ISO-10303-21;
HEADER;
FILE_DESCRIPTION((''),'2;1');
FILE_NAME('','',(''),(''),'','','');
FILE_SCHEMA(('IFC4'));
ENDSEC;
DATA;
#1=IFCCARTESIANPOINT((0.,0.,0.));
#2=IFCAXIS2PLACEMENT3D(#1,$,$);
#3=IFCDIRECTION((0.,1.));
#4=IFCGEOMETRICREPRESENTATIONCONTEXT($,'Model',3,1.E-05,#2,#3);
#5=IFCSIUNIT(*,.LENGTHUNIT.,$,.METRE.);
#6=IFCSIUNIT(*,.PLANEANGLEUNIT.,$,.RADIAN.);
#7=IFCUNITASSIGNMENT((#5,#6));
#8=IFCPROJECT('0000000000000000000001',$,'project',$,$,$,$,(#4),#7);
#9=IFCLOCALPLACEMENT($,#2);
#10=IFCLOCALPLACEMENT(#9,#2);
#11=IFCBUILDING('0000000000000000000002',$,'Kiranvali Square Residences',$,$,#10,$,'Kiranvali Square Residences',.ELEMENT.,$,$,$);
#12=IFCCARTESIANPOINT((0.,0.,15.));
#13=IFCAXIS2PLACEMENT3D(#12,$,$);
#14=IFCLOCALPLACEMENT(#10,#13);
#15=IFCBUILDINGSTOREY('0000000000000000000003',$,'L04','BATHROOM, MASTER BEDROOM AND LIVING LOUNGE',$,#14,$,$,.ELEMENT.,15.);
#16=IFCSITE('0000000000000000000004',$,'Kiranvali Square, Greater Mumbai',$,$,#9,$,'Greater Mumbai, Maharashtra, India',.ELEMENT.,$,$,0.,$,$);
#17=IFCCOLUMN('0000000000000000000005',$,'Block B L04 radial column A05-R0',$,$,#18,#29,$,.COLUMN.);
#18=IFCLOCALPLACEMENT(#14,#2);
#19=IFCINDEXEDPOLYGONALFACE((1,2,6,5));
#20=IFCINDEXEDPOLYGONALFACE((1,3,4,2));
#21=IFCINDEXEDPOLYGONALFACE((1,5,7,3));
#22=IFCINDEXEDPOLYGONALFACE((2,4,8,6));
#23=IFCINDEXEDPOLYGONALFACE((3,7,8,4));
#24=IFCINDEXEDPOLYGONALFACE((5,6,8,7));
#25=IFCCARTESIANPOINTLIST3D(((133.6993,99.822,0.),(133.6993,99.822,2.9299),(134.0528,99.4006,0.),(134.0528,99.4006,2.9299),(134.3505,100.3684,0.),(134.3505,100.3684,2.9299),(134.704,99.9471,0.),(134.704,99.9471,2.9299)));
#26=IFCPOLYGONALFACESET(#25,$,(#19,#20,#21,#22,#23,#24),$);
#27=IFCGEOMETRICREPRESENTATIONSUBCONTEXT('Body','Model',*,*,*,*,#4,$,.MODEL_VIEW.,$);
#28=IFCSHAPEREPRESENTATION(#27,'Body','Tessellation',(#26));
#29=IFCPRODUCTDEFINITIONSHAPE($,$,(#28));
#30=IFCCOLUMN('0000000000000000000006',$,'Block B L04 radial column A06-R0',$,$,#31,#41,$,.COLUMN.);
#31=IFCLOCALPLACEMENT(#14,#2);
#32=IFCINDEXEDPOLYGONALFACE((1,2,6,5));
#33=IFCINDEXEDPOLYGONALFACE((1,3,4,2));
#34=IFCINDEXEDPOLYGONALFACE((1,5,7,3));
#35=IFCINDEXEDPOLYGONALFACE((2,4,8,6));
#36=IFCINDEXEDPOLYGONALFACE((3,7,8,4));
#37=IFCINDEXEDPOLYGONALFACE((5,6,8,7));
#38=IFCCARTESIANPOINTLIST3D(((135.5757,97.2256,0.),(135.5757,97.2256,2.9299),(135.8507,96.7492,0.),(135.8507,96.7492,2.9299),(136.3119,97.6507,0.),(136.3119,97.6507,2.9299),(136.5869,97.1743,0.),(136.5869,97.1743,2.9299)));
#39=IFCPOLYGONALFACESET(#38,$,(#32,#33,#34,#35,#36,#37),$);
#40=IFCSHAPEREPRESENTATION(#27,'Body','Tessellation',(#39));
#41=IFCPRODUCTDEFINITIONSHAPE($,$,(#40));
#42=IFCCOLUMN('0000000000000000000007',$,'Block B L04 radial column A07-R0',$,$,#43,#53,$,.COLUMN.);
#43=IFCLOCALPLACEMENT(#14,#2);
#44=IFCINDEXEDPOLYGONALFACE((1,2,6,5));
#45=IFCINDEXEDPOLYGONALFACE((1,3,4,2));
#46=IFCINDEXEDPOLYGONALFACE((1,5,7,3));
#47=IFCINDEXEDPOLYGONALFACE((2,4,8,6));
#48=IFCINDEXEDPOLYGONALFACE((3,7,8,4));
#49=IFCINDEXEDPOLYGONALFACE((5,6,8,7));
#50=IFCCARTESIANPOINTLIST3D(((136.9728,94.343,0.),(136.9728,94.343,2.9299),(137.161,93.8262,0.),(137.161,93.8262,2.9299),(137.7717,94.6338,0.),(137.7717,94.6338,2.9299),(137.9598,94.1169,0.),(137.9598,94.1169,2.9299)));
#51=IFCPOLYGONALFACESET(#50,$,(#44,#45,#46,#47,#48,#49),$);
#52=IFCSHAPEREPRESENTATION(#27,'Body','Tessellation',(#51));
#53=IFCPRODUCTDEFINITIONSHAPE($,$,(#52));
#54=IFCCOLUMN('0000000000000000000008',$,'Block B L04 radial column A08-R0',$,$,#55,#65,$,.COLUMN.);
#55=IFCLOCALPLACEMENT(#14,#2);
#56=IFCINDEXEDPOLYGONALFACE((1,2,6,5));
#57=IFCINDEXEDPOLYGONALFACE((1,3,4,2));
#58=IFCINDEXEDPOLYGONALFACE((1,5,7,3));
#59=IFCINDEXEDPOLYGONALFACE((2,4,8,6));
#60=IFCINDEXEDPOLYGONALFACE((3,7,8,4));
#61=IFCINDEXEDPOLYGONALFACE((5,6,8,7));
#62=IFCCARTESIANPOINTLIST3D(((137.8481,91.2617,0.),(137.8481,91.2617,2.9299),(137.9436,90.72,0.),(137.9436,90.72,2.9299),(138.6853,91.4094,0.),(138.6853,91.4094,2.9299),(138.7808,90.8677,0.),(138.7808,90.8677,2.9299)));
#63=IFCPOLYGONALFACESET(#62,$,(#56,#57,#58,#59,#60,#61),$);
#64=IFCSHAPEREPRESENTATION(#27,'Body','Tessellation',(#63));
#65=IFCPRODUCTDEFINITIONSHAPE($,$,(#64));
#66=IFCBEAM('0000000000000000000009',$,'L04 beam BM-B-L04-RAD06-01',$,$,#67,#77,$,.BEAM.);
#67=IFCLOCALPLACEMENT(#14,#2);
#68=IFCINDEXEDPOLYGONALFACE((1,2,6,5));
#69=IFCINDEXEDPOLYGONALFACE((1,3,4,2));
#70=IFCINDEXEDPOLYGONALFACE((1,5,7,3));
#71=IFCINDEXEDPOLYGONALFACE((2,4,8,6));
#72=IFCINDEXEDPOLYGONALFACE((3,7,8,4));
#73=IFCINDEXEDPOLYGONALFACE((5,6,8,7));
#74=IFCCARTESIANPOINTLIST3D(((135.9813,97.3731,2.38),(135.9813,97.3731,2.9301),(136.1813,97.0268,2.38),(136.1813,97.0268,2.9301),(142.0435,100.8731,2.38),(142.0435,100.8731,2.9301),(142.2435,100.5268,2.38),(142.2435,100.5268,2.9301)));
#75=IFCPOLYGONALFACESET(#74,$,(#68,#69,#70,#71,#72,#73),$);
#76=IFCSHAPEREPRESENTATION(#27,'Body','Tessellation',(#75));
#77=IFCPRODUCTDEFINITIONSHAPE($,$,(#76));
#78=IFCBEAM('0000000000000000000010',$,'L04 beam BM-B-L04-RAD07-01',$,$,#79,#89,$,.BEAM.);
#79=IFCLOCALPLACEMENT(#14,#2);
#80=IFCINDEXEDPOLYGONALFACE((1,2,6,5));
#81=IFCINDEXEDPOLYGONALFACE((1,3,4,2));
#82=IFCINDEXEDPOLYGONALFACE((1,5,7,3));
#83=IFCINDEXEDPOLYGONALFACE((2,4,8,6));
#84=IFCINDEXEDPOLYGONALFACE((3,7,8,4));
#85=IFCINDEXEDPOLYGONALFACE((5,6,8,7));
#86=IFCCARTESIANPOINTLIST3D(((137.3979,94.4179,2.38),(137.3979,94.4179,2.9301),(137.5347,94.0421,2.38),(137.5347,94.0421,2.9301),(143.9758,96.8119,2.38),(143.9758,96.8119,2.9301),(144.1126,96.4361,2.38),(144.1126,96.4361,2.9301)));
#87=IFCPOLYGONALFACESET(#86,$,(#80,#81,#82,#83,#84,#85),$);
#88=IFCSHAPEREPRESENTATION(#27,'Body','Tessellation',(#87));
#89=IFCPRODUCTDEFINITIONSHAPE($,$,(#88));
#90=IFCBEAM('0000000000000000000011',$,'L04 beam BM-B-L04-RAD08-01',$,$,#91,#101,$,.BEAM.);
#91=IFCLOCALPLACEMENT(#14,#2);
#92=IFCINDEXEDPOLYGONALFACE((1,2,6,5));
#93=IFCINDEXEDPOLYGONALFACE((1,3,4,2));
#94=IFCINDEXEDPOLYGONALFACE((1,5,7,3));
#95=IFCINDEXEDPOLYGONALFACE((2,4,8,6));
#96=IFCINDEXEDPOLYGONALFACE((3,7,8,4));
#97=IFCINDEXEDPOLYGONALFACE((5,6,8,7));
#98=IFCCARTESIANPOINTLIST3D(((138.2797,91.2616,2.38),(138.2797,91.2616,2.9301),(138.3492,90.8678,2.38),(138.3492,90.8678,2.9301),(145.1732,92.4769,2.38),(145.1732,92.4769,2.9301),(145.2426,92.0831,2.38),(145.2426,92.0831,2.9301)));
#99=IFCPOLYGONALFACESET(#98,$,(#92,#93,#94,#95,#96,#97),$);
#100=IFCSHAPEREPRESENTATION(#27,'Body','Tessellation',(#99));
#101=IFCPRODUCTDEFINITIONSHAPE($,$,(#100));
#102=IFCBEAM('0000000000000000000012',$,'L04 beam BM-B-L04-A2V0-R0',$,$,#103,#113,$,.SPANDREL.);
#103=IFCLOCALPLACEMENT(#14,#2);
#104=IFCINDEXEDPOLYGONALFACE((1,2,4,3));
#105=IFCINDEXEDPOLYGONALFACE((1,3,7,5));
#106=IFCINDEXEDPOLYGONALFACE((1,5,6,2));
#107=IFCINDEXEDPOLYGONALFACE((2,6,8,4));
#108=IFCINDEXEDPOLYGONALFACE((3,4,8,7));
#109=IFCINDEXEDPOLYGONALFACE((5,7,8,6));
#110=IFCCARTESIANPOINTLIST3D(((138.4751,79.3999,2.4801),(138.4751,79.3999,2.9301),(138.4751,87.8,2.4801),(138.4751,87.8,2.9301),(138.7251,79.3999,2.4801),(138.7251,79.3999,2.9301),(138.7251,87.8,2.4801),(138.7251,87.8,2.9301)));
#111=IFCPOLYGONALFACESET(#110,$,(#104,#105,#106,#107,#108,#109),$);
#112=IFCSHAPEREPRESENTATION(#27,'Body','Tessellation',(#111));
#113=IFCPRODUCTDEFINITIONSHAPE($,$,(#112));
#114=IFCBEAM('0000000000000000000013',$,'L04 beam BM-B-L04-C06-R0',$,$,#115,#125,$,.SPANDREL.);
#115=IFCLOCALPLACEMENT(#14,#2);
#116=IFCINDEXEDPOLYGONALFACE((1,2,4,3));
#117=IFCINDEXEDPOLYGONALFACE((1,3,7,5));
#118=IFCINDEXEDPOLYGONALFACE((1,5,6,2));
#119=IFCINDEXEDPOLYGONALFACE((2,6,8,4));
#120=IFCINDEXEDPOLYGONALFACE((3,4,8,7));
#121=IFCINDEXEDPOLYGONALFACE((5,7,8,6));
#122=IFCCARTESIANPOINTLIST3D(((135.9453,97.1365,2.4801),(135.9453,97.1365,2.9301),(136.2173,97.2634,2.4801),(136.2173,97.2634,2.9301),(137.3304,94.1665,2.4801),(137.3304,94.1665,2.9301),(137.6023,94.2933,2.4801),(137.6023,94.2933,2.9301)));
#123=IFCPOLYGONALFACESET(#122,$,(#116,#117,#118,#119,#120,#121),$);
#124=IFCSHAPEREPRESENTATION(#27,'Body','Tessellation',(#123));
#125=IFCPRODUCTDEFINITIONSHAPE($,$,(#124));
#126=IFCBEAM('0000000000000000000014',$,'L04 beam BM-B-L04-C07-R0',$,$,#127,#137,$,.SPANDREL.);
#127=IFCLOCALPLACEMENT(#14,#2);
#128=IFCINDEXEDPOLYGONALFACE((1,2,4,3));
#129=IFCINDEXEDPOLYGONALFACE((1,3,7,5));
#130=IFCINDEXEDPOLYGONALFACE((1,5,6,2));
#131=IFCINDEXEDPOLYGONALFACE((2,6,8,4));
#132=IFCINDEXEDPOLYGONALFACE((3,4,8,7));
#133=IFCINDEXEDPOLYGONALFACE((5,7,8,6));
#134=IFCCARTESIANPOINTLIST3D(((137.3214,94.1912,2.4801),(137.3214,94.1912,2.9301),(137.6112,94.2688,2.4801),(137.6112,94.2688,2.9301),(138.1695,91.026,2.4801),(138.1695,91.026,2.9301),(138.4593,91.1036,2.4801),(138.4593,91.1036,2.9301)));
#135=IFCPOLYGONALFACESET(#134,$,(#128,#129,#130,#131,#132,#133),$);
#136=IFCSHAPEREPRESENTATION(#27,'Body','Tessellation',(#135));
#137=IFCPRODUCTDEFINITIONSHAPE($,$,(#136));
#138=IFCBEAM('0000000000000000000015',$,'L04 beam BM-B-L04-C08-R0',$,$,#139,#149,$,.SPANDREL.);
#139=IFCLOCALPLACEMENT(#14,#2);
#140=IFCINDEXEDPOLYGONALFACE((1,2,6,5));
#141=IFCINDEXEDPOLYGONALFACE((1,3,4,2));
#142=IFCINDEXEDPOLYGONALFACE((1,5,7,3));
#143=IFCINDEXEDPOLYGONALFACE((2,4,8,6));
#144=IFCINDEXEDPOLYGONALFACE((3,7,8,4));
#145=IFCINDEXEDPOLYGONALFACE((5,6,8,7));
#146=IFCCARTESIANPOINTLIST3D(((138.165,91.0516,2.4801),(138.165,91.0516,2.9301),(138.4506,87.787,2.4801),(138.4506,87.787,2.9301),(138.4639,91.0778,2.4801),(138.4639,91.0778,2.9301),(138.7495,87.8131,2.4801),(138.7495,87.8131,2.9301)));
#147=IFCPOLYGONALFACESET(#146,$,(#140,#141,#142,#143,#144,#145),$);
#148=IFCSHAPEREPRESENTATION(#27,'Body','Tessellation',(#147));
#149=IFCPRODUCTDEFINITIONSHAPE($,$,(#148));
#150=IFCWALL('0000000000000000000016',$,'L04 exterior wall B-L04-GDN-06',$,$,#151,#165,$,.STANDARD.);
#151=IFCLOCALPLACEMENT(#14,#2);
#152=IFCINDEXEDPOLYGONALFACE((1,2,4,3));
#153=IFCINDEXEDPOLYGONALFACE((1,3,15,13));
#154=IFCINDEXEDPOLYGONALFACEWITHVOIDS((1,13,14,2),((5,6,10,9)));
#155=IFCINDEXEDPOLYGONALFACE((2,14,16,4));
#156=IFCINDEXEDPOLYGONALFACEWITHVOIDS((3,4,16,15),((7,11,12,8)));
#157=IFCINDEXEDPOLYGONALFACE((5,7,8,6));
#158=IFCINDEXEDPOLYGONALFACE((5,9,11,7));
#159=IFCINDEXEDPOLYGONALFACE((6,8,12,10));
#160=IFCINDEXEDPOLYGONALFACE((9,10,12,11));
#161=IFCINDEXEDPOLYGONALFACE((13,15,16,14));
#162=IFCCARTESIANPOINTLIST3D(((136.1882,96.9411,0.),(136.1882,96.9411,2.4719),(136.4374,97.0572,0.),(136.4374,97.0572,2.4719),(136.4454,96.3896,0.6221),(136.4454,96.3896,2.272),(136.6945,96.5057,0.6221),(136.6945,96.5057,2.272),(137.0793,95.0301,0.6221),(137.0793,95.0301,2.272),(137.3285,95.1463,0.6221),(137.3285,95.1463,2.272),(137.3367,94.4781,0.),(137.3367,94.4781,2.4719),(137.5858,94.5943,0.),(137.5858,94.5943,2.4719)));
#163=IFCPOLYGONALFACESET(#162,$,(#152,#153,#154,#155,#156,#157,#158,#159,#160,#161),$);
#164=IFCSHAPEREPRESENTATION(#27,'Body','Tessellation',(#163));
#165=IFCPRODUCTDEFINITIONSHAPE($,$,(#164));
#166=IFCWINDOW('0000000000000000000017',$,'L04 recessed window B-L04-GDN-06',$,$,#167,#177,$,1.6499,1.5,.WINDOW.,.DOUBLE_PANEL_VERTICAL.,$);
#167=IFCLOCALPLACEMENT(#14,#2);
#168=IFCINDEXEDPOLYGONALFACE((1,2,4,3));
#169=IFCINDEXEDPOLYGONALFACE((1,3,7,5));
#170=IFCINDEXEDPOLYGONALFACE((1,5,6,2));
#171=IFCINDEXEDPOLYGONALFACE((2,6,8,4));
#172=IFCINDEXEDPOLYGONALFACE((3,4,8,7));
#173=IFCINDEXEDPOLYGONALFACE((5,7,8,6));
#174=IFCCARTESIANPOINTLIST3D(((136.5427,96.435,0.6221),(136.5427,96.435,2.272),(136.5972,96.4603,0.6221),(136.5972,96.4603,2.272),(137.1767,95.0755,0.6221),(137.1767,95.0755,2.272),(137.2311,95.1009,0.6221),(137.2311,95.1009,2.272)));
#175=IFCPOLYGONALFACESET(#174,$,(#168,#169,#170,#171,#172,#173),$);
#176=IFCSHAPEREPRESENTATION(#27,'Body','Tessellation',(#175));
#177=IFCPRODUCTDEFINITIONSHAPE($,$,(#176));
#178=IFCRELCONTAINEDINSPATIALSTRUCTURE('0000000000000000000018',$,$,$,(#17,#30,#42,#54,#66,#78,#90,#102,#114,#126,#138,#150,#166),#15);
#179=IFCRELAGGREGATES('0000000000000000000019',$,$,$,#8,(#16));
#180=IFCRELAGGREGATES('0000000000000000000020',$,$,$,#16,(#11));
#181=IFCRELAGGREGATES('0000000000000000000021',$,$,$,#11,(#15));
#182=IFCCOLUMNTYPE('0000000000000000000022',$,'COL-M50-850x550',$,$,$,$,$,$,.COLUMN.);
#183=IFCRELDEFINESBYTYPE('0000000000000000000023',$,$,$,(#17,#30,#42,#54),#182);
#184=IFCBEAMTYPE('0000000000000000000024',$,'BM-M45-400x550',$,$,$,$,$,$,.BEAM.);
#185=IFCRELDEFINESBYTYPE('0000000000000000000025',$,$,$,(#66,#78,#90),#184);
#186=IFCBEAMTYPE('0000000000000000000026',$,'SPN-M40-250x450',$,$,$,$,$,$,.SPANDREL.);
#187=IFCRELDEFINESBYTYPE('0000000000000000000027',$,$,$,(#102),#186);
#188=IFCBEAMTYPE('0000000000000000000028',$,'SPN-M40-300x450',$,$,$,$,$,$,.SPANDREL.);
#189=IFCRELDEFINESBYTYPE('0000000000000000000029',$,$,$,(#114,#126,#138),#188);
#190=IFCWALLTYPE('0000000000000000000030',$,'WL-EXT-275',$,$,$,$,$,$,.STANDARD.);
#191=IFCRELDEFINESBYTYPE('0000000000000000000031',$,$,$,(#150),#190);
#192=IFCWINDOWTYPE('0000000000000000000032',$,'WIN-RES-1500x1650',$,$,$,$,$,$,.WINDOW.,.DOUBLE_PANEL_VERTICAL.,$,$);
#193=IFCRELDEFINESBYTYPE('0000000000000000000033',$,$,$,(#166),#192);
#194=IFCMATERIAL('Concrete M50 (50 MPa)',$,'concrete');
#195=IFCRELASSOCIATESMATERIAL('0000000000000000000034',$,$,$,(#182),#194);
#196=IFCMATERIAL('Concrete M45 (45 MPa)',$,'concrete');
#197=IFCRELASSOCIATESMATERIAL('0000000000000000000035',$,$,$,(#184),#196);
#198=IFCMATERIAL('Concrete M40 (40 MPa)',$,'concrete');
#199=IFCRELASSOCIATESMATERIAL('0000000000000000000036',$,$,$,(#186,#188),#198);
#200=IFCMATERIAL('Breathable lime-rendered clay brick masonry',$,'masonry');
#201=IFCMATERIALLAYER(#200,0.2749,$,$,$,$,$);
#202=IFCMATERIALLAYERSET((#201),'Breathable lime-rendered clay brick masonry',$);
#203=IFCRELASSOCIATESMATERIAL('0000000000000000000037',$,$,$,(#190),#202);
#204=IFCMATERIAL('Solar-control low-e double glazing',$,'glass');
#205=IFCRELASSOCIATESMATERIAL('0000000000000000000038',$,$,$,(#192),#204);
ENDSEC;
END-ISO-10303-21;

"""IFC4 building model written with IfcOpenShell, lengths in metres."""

from ifc_helpers import new_model, si_unit, direction, frame, frame_2d, origin, origin_2d, place, context, subcontext, project, spatial, rectangle, extrude, material, layer, layer_set, material_profile, profile_set, type_object, element, fill, save


model = new_model("IFC4")

# Units and contexts
model_context = context("Model", 3, precision=1e-05, world=origin(), true_north=direction((0.0, 1.0)))
body_context = subcontext(model_context, "Body", "Model", "MODEL_VIEW")
ifc_project = project(units=[si_unit("LENGTHUNIT", "METRE"), si_unit("PLANEANGLEUNIT", "RADIAN")], contexts=[model_context])

# Site, building, storey
site_placement = place(None, origin())
site = spatial("IfcSite", under=ifc_project, at=site_placement, Name="Kiranvali Square, Greater Mumbai", LongName="Greater Mumbai, Maharashtra, India", CompositionType="ELEMENT", RefElevation=0.0)
building_placement = place(site_placement, origin())
building = spatial("IfcBuilding", under=site, at=building_placement, Name="Kiranvali Square Residences", LongName="Kiranvali Square Residences", CompositionType="ELEMENT")
storey_placement = place(building_placement, frame((0.0, 0.0, 15.0)))
storey = spatial("IfcBuildingStorey", under=building, at=storey_placement, Name="L04", Description="BATHROOM, MASTER BEDROOM AND LIVING LOUNGE", CompositionType="ELEMENT", Elevation=15.0)

# Columns
ifc_material_1 = material(Name="Concrete M50 (50 MPa)", Category="concrete")
ifc_material_profile_1 = material_profile(ifc_material_1, rectangle(XDim=0.55, YDim=0.8501, at=origin_2d()), Name="RC 850x550")
ifc_profile_set_1 = profile_set([ifc_material_profile_1], Name="Concrete M50 (50 MPa)")
column_type = type_object("IfcColumnType", Name="COL-M50-850x550", PredefinedType="COLUMN", material=ifc_profile_set_1)
for number, where, z_axis, x_axis, name in (
    (1, (134.2017, 99.8845, 0.0), (0.0, 0.0, 1.0), (-0.642788, 0.766044, 0.0), "Block B L04 radial column A05-R0"),
    (2, (136.0813, 97.2, 0.0), (0.0, 0.0, 1.0), (-0.5, 0.866025, 0.0), "Block B L04 radial column A06-R0"),
    (3, (137.4663, 94.23, 0.0), (0.0, 0.0, 1.0), (-0.34202, 0.939693, 0.0), "Block B L04 radial column A07-R0"),
    (4, (138.3145, 91.0647, 0.0), (0.0, 0.0, 1.0), (-0.173648, 0.984808, 0.0), "Block B L04 radial column A08-R0"),
):
    element("IfcColumn", number, at=place(storey_placement, frame(where, z_axis=z_axis, x_axis=x_axis)), inside=storey, type_object=column_type, Name=name, PredefinedType="COLUMN", context=body_context, shape_type="SweptSolid", body=[
        extrude(rectangle(XDim=0.55, YDim=0.8501, at=origin_2d()), origin(), (0.0, 0.0, 1.0), 2.9299),
    ])

# Beams
ifc_material_2 = material(Name="Concrete M45 (45 MPa)", Category="concrete")
ifc_material_profile_2 = material_profile(ifc_material_2, rectangle(XDim=0.3999, YDim=0.55, at=origin_2d()), Name="RC 400x550")
ifc_profile_set_2 = profile_set([ifc_material_profile_2], Name="Concrete M45 (45 MPa)")
beam_type_1 = type_object("IfcBeamType", Name="BM-M45-400x550", PredefinedType="BEAM", material=ifc_profile_set_2)
for number, where, z_axis, x_axis, name in (
    (5, (136.0813, 97.2, 2.655), (0.866028, 0.499995, 0.0), (-0.499995, 0.866028, 0.0), "L04 beam BM-B-L04-RAD06-01"),
    (6, (137.4663, 94.23, 2.655), (0.939698, 0.342006, 0.0), (-0.342006, 0.939698, 0.0), "L04 beam BM-B-L04-RAD07-01"),
):
    element("IfcBeam", number, at=place(storey_placement, frame(where, z_axis=z_axis, x_axis=x_axis)), inside=storey, type_object=beam_type_1, Name=name, PredefinedType="BEAM", context=body_context, shape_type="SweptSolid", body=[
        extrude(rectangle(XDim=0.3999, YDim=0.55, at=origin_2d()), origin(), (0.0, 0.0, 1.0), 7.0),
    ])
beam_1_placement = place(storey_placement, frame((138.3145, 91.0647, 2.655), z_axis=(0.984812, 0.173622, 0.0), x_axis=(-0.173622, 0.984812, 0.0)))
element("IfcBeam", 7, at=beam_1_placement, inside=storey, type_object=beam_type_1, Name="L04 beam BM-B-L04-RAD08-01", PredefinedType="BEAM", context=body_context, shape_type="SweptSolid", body=[
    extrude(rectangle(XDim=0.3999, YDim=0.55, at=origin_2d()), origin(), (0.0, 0.0, 1.0), 6.9998),
])
ifc_material_3 = material(Name="Concrete M40 (40 MPa)", Category="concrete")
ifc_material_profile_3 = material_profile(ifc_material_3, rectangle(XDim=0.25, YDim=0.45, at=origin_2d()), Name="RC 250x450")
ifc_profile_set_3 = profile_set([ifc_material_profile_3], Name="Concrete M40 (40 MPa)")
beam_type_2 = type_object("IfcBeamType", Name="SPN-M40-250x450", PredefinedType="SPANDREL", material=ifc_profile_set_3)
beam_2_placement = place(storey_placement, frame((138.6001, 87.8, 2.7051), z_axis=(0.0, -1.0, 0.0), x_axis=(1.0, 0.0, 0.0)))
element("IfcBeam", 8, at=beam_2_placement, inside=storey, type_object=beam_type_2, Name="L04 beam BM-B-L04-A2V0-R0", PredefinedType="SPANDREL", context=body_context, shape_type="SweptSolid", body=[
    extrude(rectangle(XDim=0.25, YDim=0.45, at=origin_2d()), origin(), (0.0, 0.0, 1.0), 8.4001),
])
ifc_material_profile_4 = material_profile(ifc_material_3, rectangle(XDim=0.3, YDim=0.45, at=origin_2d()), Name="RC 300x450")
ifc_profile_set_4 = profile_set([ifc_material_profile_4], Name="Concrete M40 (40 MPa)")
beam_type_3 = type_object("IfcBeamType", Name="SPN-M40-300x450", PredefinedType="SPANDREL", material=ifc_profile_set_4)
beam_3_placement = place(storey_placement, frame((136.0813, 97.2, 2.7051), z_axis=(0.422641, -0.906297, 0.0), x_axis=(0.906297, 0.422641, 0.0)))
element("IfcBeam", 9, at=beam_3_placement, inside=storey, type_object=beam_type_3, Name="L04 beam BM-B-L04-C06-R0", PredefinedType="SPANDREL", context=body_context, shape_type="SweptSolid", body=[
    extrude(rectangle(XDim=0.3, YDim=0.45, at=origin_2d()), origin(), (0.0, 0.0, 1.0), 3.2771),
])
beam_4_placement = place(storey_placement, frame((137.4663, 94.23, 2.7051), z_axis=(0.258822, -0.965925, 0.0), x_axis=(0.965925, 0.258822, 0.0)))
element("IfcBeam", 10, at=beam_4_placement, inside=storey, type_object=beam_type_3, Name="L04 beam BM-B-L04-C07-R0", PredefinedType="SPANDREL", context=body_context, shape_type="SweptSolid", body=[
    extrude(rectangle(XDim=0.3, YDim=0.45, at=origin_2d()), origin(), (0.0, 0.0, 1.0), 3.2769),
])
beam_5_placement = place(storey_placement, frame((138.3145, 91.0647, 2.7051), z_axis=(0.087163, -0.996194, 0.0), x_axis=(0.996194, 0.087163, 0.0)))
element("IfcBeam", 11, at=beam_5_placement, inside=storey, type_object=beam_type_3, Name="L04 beam BM-B-L04-C08-R0", PredefinedType="SPANDREL", context=body_context, shape_type="SweptSolid", body=[
    extrude(rectangle(XDim=0.3, YDim=0.45, at=origin_2d()), origin(), (0.0, 0.0, 1.0), 3.2771),
])

# Shared definitions
ifc_material_4 = material(Name="Breathable lime-rendered clay brick masonry", Category="masonry")
ifc_layer_1 = layer(ifc_material_4, 0.2749)
ifc_layer_set_1 = layer_set([ifc_layer_1], Name="Breathable lime-rendered clay brick masonry")
wall_type_1 = type_object("IfcWallType", Name="WL-EXT-275", PredefinedType="STANDARD", material=ifc_layer_set_1)

# Wall, opening, window
wall_1_placement = place(storey_placement, frame((136.3127, 96.9993, 0.0), z_axis=(0.0, 0.0, 1.0), x_axis=(0.42261, -0.906312, 0.0)))
wall_1 = element("IfcWall", 12, at=wall_1_placement, inside=storey, type_object=wall_type_1, Name="L04 exterior wall B-L04-GDN-06", PredefinedType="STANDARD", context=body_context, shape_type="SweptSolid", body=[
    extrude(rectangle(XDim=2.7175, YDim=0.2749, at=frame_2d((1.3589, 0.0))), origin(), (0.0, 0.0, 1.0), 2.4719),
])
opening_1_placement = place(wall_1_placement, frame((0.6086, 0.0, 0.6221)))
opening_1 = element("IfcOpeningElement", 13, at=opening_1_placement, cuts=wall_1, PredefinedType="OPENING", context=body_context, shape_type="SweptSolid", body=[
    extrude(rectangle(XDim=1.5, YDim=1.6499, at=frame_2d((0.75, 0.825))), frame((0.0, 0.1475, 0.0), z_axis=(0.0, -1.0, 0.0), x_axis=(1.0, 0.0, 0.0)), (0.0, 0.0, 1.0), 0.2949),
])
ifc_material_5 = material(Name="Solar-control low-e double glazing", Category="glass")
window_type_1 = type_object("IfcWindowType", Name="WIN-RES-1500x1650", PartitioningType="DOUBLE_PANEL_VERTICAL", PredefinedType="WINDOW", material=ifc_material_5)
window_1_placement = place(opening_1_placement, origin())
window_1 = element("IfcWindow", 14, at=window_1_placement, inside=storey, type_object=window_type_1, Name="L04 recessed window B-L04-GDN-06", OverallHeight=1.6499, OverallWidth=1.5, PartitioningType="DOUBLE_PANEL_VERTICAL", PredefinedType="WINDOW", context=body_context, shape_type="SweptSolid", body=[
    extrude(rectangle(XDim=1.5, YDim=1.6499, at=frame_2d((0.75, 0.825))), frame((0.0, 0.03, 0.0), z_axis=(0.0, -1.0, 0.0), x_axis=(1.0, 0.0, 0.0)), (0.0, 0.0, 1.0), 0.0601),
])
fill(opening_1, window_1)

save(model, "model.ifc")
